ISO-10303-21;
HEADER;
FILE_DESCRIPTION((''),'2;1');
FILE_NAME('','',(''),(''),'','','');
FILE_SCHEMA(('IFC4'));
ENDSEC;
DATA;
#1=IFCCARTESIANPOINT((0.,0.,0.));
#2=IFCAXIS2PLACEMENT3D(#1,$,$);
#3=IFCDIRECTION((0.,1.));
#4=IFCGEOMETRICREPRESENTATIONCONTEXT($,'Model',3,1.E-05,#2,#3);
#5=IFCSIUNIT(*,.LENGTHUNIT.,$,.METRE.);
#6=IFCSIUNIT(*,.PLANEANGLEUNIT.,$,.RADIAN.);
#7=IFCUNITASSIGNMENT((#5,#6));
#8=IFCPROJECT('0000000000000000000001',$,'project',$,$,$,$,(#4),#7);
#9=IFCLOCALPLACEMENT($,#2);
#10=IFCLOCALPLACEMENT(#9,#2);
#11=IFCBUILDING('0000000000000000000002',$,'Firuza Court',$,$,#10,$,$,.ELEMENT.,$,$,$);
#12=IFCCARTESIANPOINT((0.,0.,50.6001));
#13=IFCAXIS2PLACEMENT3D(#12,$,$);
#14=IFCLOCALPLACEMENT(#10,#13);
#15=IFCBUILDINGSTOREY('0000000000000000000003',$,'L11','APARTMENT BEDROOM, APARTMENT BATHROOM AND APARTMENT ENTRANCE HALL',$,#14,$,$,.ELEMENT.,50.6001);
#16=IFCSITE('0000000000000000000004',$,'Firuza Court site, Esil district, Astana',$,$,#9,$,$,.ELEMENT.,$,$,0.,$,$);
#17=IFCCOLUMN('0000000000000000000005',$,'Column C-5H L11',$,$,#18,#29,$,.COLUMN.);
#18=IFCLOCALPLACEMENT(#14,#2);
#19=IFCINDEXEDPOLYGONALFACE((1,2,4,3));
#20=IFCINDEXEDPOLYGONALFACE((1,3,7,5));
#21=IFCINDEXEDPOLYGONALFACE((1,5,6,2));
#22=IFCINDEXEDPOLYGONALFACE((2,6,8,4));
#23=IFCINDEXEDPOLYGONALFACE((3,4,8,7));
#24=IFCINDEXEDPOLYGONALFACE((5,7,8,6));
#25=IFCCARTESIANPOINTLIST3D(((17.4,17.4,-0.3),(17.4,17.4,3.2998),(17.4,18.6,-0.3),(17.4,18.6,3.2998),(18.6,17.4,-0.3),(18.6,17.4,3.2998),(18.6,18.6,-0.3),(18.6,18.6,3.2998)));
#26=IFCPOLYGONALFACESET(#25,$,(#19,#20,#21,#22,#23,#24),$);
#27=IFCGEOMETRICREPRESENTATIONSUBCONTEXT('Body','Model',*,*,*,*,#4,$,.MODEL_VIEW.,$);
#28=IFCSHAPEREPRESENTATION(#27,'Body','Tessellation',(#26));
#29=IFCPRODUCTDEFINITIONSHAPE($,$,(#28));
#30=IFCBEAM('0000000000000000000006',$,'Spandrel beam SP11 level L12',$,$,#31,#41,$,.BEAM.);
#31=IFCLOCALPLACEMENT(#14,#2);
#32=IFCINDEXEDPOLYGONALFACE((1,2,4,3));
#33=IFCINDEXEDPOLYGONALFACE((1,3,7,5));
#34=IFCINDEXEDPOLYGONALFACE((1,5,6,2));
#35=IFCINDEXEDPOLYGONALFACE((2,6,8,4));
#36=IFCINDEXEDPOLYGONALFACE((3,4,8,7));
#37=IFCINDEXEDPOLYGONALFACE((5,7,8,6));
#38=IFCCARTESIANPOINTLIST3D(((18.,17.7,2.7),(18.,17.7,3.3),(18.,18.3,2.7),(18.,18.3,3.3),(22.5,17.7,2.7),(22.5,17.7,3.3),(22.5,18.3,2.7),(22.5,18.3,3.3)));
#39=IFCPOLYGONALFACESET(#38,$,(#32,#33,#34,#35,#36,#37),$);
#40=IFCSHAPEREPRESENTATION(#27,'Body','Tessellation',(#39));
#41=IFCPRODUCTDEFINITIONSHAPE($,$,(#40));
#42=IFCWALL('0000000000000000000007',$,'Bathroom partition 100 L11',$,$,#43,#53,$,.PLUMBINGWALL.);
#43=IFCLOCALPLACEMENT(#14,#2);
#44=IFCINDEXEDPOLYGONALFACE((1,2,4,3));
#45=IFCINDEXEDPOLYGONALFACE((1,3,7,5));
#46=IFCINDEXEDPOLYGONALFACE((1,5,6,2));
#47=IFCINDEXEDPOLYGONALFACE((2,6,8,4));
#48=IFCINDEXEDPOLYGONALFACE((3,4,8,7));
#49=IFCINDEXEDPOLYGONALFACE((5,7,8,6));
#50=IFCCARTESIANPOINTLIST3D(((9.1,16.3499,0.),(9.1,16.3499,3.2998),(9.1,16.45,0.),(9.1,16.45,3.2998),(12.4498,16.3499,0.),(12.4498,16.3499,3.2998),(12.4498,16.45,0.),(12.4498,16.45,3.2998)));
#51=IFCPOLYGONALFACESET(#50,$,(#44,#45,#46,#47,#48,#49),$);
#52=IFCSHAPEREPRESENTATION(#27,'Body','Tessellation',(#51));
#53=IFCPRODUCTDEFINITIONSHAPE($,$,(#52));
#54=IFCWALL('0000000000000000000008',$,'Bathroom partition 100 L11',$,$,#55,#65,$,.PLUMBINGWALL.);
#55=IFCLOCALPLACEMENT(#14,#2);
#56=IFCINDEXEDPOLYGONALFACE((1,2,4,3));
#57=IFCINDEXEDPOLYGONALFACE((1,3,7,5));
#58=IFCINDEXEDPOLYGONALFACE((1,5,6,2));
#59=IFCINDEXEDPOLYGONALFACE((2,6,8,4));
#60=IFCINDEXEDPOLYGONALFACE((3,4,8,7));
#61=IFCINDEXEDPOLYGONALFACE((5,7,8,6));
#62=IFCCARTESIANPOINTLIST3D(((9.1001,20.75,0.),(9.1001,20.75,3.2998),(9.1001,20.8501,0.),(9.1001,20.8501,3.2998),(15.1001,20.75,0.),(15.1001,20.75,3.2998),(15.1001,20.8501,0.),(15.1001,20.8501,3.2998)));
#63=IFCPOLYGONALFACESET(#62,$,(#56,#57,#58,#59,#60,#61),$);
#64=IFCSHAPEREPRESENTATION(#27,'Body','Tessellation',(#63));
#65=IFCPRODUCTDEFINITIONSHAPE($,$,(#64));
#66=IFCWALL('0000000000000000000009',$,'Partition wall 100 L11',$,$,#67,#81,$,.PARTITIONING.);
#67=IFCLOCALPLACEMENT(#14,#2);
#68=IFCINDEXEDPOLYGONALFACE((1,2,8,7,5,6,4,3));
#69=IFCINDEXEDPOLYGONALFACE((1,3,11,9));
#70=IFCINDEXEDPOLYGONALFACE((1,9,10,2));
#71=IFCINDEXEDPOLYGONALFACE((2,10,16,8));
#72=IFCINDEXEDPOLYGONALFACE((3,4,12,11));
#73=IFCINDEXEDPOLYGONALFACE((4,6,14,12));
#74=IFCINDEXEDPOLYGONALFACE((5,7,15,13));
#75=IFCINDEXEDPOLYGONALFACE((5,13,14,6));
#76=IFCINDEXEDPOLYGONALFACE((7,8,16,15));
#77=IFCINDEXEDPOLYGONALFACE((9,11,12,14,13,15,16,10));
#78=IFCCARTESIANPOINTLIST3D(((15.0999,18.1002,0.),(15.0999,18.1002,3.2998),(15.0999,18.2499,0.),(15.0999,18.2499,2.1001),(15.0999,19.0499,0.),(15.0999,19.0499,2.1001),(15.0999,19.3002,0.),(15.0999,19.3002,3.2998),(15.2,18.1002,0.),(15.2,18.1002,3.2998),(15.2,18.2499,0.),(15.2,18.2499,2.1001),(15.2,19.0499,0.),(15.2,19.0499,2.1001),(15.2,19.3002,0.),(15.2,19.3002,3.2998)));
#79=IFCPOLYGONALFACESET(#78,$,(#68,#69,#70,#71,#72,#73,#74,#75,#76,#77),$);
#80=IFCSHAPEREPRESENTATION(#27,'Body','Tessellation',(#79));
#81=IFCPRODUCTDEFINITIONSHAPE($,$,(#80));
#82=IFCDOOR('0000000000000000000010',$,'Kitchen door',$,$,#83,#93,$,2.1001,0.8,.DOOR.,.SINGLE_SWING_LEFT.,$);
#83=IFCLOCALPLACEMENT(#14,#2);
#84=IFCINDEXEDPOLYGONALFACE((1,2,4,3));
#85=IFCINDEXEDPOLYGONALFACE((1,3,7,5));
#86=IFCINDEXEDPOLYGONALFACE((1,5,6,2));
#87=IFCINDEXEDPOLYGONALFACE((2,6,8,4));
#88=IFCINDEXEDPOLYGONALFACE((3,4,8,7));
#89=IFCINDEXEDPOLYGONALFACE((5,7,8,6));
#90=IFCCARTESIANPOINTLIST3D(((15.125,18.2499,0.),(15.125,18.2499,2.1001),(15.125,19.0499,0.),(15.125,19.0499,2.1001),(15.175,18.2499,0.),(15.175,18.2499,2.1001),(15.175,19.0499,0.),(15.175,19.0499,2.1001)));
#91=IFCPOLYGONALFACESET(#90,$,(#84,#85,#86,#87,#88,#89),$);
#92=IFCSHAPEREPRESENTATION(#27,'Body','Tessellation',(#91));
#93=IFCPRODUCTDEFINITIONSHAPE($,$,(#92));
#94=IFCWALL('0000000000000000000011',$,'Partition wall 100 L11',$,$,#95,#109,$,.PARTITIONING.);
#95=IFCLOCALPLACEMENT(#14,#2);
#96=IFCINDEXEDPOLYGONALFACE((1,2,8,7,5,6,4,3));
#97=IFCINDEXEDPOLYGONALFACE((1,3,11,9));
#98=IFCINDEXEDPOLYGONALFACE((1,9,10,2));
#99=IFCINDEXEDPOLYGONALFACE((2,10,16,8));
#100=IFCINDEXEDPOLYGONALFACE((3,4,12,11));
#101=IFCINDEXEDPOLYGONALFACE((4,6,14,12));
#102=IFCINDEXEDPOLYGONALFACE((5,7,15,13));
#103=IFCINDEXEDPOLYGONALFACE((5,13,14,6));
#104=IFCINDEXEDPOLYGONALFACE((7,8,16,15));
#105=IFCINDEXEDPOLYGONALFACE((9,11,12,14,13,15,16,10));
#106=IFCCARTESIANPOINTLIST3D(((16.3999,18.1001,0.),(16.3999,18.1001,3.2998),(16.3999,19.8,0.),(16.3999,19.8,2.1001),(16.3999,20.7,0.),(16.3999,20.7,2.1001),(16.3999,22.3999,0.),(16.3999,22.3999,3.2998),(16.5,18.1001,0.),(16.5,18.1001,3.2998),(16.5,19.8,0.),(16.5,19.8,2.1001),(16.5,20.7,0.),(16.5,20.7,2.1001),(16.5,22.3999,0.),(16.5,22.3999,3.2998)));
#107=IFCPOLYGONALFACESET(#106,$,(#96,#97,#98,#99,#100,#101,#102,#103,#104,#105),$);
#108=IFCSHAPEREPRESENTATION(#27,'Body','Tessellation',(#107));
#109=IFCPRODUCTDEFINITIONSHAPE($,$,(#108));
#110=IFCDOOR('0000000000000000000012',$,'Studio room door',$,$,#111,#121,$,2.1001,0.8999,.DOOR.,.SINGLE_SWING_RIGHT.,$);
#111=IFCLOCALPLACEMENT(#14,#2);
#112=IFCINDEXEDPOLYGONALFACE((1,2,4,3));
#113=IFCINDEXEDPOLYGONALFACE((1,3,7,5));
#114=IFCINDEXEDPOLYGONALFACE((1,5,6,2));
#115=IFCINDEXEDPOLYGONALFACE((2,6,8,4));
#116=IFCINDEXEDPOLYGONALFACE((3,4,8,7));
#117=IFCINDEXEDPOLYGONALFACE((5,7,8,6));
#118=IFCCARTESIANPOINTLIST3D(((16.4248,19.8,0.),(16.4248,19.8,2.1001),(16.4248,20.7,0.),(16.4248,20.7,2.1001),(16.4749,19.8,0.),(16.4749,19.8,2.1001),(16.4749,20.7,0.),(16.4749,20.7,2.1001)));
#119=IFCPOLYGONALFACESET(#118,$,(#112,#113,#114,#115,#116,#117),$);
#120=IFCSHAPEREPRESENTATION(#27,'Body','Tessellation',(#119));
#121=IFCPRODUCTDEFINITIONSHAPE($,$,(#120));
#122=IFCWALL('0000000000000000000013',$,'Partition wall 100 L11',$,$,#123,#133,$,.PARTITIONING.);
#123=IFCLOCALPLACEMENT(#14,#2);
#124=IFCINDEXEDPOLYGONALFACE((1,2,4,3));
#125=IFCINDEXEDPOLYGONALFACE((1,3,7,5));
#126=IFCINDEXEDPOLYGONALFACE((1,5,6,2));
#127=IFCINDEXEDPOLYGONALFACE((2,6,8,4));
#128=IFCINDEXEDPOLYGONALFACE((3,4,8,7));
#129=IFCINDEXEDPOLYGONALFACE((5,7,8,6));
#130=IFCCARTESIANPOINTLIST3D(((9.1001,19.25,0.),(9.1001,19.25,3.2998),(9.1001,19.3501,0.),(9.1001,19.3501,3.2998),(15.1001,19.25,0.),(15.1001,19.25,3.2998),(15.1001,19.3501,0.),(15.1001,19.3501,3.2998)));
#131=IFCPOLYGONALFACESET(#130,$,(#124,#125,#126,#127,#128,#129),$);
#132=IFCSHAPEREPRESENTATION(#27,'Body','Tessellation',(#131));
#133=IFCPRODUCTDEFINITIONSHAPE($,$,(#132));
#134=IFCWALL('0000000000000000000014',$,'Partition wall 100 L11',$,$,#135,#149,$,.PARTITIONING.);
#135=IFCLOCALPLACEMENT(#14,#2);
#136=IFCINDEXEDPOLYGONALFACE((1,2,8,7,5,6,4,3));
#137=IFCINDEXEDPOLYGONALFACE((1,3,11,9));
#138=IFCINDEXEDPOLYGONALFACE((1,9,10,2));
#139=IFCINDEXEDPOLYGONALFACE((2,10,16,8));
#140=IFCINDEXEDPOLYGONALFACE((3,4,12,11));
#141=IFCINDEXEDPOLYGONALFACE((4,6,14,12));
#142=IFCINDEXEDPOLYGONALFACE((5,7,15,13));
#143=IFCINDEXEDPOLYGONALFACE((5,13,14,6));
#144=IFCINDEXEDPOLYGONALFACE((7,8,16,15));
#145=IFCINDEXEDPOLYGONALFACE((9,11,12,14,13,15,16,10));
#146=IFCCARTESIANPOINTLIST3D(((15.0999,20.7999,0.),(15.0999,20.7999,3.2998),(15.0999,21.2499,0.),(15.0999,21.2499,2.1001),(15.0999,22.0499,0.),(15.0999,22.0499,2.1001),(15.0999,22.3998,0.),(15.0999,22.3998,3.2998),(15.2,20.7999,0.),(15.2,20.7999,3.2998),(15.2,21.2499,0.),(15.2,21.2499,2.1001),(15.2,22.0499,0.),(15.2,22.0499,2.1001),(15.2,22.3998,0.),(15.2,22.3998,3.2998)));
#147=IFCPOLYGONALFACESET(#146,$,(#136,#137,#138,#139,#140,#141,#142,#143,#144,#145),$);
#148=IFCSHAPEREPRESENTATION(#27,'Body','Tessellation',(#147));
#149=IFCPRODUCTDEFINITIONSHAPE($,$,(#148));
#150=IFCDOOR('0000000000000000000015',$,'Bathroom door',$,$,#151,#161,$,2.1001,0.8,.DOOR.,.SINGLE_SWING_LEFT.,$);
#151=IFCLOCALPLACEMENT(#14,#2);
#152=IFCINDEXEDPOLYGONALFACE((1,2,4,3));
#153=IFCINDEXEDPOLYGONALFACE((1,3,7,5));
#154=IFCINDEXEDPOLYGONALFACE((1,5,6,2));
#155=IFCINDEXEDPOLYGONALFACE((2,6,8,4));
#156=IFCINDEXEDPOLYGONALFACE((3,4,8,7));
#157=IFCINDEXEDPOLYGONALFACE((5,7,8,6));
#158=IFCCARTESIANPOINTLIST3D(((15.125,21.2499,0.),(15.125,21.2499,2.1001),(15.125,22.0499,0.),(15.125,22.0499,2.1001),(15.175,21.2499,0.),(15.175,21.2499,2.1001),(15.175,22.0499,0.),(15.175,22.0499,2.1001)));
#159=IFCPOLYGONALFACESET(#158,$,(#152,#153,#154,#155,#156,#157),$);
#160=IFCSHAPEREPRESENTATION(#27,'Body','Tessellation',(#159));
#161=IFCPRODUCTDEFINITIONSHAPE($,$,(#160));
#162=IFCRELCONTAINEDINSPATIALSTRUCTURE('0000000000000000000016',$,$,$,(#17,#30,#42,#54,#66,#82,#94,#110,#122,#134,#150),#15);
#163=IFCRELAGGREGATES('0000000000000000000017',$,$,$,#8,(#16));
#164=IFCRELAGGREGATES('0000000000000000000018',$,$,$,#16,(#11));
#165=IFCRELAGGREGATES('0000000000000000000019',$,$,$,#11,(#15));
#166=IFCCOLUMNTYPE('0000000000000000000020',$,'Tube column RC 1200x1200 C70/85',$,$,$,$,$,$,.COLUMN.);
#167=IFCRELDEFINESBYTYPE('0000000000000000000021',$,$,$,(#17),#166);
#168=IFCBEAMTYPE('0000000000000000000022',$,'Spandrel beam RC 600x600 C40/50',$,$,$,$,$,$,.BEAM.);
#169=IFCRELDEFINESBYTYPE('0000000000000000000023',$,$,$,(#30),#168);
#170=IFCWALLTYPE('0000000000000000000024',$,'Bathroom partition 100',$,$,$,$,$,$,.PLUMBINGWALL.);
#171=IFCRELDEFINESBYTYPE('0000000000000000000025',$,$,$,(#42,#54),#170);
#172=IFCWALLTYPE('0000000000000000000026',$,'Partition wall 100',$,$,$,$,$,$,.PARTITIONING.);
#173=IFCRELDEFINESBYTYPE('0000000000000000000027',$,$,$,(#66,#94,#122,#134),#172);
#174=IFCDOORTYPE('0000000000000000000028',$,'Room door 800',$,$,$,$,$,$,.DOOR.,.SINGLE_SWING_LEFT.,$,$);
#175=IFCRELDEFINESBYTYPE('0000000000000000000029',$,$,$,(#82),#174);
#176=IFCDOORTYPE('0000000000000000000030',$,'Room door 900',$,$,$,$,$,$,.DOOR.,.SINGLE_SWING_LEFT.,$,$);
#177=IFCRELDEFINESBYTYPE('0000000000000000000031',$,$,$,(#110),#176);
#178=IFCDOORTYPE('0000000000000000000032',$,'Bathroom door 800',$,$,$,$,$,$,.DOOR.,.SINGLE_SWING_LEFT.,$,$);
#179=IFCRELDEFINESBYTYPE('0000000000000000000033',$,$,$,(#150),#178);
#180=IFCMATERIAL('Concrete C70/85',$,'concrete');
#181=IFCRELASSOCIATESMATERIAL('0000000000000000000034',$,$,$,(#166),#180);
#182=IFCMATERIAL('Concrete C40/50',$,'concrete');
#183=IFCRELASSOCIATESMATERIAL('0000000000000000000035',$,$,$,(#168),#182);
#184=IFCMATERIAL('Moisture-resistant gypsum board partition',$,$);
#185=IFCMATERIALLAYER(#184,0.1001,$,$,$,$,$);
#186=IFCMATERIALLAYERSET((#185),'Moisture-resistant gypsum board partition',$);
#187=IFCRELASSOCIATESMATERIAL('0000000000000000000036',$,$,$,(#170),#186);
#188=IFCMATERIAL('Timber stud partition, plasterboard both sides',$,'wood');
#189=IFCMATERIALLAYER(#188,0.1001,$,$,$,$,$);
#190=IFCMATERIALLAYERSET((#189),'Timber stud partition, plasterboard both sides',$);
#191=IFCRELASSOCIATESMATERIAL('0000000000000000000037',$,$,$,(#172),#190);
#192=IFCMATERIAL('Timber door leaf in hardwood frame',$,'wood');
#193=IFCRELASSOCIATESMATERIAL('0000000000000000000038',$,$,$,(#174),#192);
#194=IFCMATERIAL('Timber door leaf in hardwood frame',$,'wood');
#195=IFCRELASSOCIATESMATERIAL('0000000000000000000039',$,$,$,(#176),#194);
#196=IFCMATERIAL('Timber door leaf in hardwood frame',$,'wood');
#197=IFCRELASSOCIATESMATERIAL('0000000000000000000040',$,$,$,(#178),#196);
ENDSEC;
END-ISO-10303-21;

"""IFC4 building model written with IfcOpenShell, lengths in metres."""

from ifc_helpers import new_model, si_unit, direction, frame, frame_2d, origin, origin_2d, place, context, subcontext, project, spatial, rectangle, extrude, material, layer, layer_set, material_profile, profile_set, type_object, element, fill, save


model = new_model("IFC4")

# Units and contexts
model_context = context("Model", 3, precision=1e-05, world=origin(), true_north=direction((0.0, 1.0)))
body_context = subcontext(model_context, "Body", "Model", "MODEL_VIEW")
ifc_project = project(units=[si_unit("LENGTHUNIT", "METRE"), si_unit("PLANEANGLEUNIT", "RADIAN")], contexts=[model_context])

# Site, building, storey
site_placement = place(None, origin())
site = spatial("IfcSite", under=ifc_project, at=site_placement, Name="Firuza Court site, Esil district, Astana", CompositionType="ELEMENT", RefElevation=0.0)
building_placement = place(site_placement, origin())
building = spatial("IfcBuilding", under=site, at=building_placement, Name="Firuza Court", CompositionType="ELEMENT")
storey_placement = place(building_placement, frame((0.0, 0.0, 50.6001)))
storey = spatial("IfcBuildingStorey", under=building, at=storey_placement, Name="L11", Description="APARTMENT BEDROOM, APARTMENT BATHROOM AND APARTMENT ENTRANCE HALL", CompositionType="ELEMENT", Elevation=50.6001)

# Column
ifc_material_1 = material(Name="Concrete C70/85", Category="concrete")
ifc_material_profile_1 = material_profile(ifc_material_1, rectangle(XDim=1.2, YDim=1.2, at=origin_2d()), Name="RC 1200x1200")
ifc_profile_set_1 = profile_set([ifc_material_profile_1], Name="Concrete C70/85")
column_type = type_object("IfcColumnType", Name="Tube column RC 1200x1200 C70/85", PredefinedType="COLUMN", material=ifc_profile_set_1)
column_placement = place(storey_placement, frame((18.0, 18.0, -0.3), z_axis=(0.0, 0.0, 1.0), x_axis=(1.0, 0.0, 0.0)))
element("IfcColumn", 1, at=column_placement, inside=storey, type_object=column_type, Name="Column C-5H L11", PredefinedType="COLUMN", context=body_context, shape_type="SweptSolid", body=[
    extrude(rectangle(XDim=1.2, YDim=1.2, at=origin_2d()), origin(), (0.0, 0.0, 1.0), 3.5999),
])

# Beam
ifc_material_2 = material(Name="Concrete C40/50", Category="concrete")
ifc_material_profile_2 = material_profile(ifc_material_2, rectangle(XDim=0.6001, YDim=0.6001, at=origin_2d()), Name="RC 600x600")
ifc_profile_set_2 = profile_set([ifc_material_profile_2], Name="Concrete C40/50")
beam_type = type_object("IfcBeamType", Name="Spandrel beam RC 600x600 C40/50", PredefinedType="BEAM", material=ifc_profile_set_2)
beam_placement = place(storey_placement, frame((18.0, 18.0, 3.0), z_axis=(1.0, 0.0, 0.0), x_axis=(0.0, 1.0, 0.0)))
element("IfcBeam", 2, at=beam_placement, inside=storey, type_object=beam_type, Name="Spandrel beam SP11 level L12", PredefinedType="BEAM", context=body_context, shape_type="SweptSolid", body=[
    extrude(rectangle(XDim=0.6001, YDim=0.6001, at=origin_2d()), origin(), (0.0, 0.0, 1.0), 4.5),
])

# Walls
ifc_material_3 = material(Name="Moisture-resistant gypsum board partition")
ifc_layer_1 = layer(ifc_material_3, 0.1001)
ifc_layer_set_1 = layer_set([ifc_layer_1], Name="Moisture-resistant gypsum board partition")
wall_type_1 = type_object("IfcWallType", Name="Bathroom partition 100", PredefinedType="PLUMBINGWALL", material=ifc_layer_set_1)
wall_1_placement = place(storey_placement, frame((9.1001, 16.3999, 0.0), z_axis=(0.0, 0.0, 1.0), x_axis=(1.0, 0.0, 0.0)))
element("IfcWall", 3, at=wall_1_placement, inside=storey, type_object=wall_type_1, Name="Bathroom partition 100 L11", PredefinedType="PLUMBINGWALL", context=body_context, shape_type="SweptSolid", body=[
    extrude(rectangle(XDim=3.3499, YDim=0.1001, at=frame_2d((1.6748, 0.0))), origin(), (0.0, 0.0, 1.0), 3.2998),
])
wall_2_placement = place(storey_placement, frame((9.1001, 20.8, 0.0), z_axis=(0.0, 0.0, 1.0), x_axis=(1.0, 0.0, 0.0)))
element("IfcWall", 4, at=wall_2_placement, inside=storey, type_object=wall_type_1, Name="Bathroom partition 100 L11", PredefinedType="PLUMBINGWALL", context=body_context, shape_type="SweptSolid", body=[
    extrude(rectangle(XDim=6.0, YDim=0.1001, at=frame_2d((3.0, 0.0))), origin(), (0.0, 0.0, 1.0), 3.2998),
])

# Walls, openings, doors
ifc_material_4 = material(Name="Timber stud partition, plasterboard both sides", Category="wood")
ifc_layer_2 = layer(ifc_material_4, 0.1001)
ifc_layer_set_2 = layer_set([ifc_layer_2], Name="Timber stud partition, plasterboard both sides")
wall_type_2 = type_object("IfcWallType", Name="Partition wall 100", PredefinedType="PARTITIONING", material=ifc_layer_set_2)
wall_3_placement = place(storey_placement, frame((15.1499, 18.1001, 0.0), z_axis=(0.0, 0.0, 1.0), x_axis=(0.0, 1.0, 0.0)))
wall_3 = element("IfcWall", 5, at=wall_3_placement, inside=storey, type_object=wall_type_2, Name="Partition wall 100 L11", PredefinedType="PARTITIONING", context=body_context, shape_type="SweptSolid", body=[
    extrude(rectangle(XDim=1.2, YDim=0.1001, at=frame_2d((0.6001, 0.0))), origin(), (0.0, 0.0, 1.0), 3.2998),
])
opening_1_placement = place(wall_3_placement, frame((0.1499, 0.0, 0.0)))
opening_1 = element("IfcOpeningElement", 6, at=opening_1_placement, cuts=wall_3, PredefinedType="OPENING", context=body_context, shape_type="SweptSolid", body=[
    extrude(rectangle(XDim=0.8, YDim=2.1001, at=frame_2d((0.3999, 1.05))), frame((0.0, 0.062, 0.0), z_axis=(0.0, -1.0, 0.0), x_axis=(1.0, 0.0, 0.0)), (0.0, 0.0, 1.0), 0.124),
])
ifc_material_5 = material(Name="Timber door leaf in hardwood frame", Category="wood")
door_type_1 = type_object("IfcDoorType", Name="Room door 800", OperationType="SINGLE_SWING_LEFT", PredefinedType="DOOR", material=ifc_material_5)
door_1_placement = place(opening_1_placement, origin())
door_1 = element("IfcDoor", 7, at=door_1_placement, inside=storey, type_object=door_type_1, Name="Kitchen door", OperationType="SINGLE_SWING_LEFT", OverallHeight=2.1001, OverallWidth=0.8, PredefinedType="DOOR", context=body_context, shape_type="SweptSolid", body=[
    extrude(rectangle(XDim=0.8, YDim=2.1001, at=frame_2d((0.3999, 1.05))), frame((0.0, 0.0249, 0.0), z_axis=(0.0, -1.0, 0.0), x_axis=(1.0, 0.0, 0.0)), (0.0, 0.0, 1.0), 0.05),
])
fill(opening_1, door_1)
wall_4_placement = place(storey_placement, frame((16.45, 18.1001, 0.0), z_axis=(0.0, 0.0, 1.0), x_axis=(0.0, 1.0, 0.0)))
wall_4 = element("IfcWall", 8, at=wall_4_placement, inside=storey, type_object=wall_type_2, Name="Partition wall 100 L11", PredefinedType="PARTITIONING", context=body_context, shape_type="SweptSolid", body=[
    extrude(rectangle(XDim=4.2998, YDim=0.1001, at=frame_2d((2.1499, 0.0))), origin(), (0.0, 0.0, 1.0), 3.2998),
])
opening_2_placement = place(wall_4_placement, frame((1.7, 0.0, 0.0)))
opening_2 = element("IfcOpeningElement", 9, at=opening_2_placement, cuts=wall_4, PredefinedType="OPENING", context=body_context, shape_type="SweptSolid", body=[
    extrude(rectangle(XDim=0.8999, YDim=2.1001, at=frame_2d((0.45, 1.05))), frame((0.0, 0.062, 0.0), z_axis=(0.0, -1.0, 0.0), x_axis=(1.0, 0.0, 0.0)), (0.0, 0.0, 1.0), 0.124),
])
ifc_material_6 = material(Name="Timber door leaf in hardwood frame", Category="wood")
door_type_2 = type_object("IfcDoorType", Name="Room door 900", OperationType="SINGLE_SWING_LEFT", PredefinedType="DOOR", material=ifc_material_6)
door_2_placement = place(opening_2_placement, frame((0.8999, 0.0, 0.0), z_axis=(0.0, 0.0, 1.0), x_axis=(-1.0, 0.0, 0.0)))
door_2 = element("IfcDoor", 10, at=door_2_placement, inside=storey, type_object=door_type_2, Name="Studio room door", OperationType="SINGLE_SWING_RIGHT", OverallHeight=2.1001, OverallWidth=0.8999, PredefinedType="DOOR", context=body_context, shape_type="SweptSolid", body=[
    extrude(rectangle(XDim=0.8999, YDim=2.1001, at=frame_2d((0.45, 1.05))), frame((0.0, 0.0249, 0.0), z_axis=(0.0, -1.0, 0.0), x_axis=(1.0, 0.0, 0.0)), (0.0, 0.0, 1.0), 0.05),
])
fill(opening_2, door_2)

# Wall
wall_5_placement = place(storey_placement, frame((9.1001, 19.3, 0.0), z_axis=(0.0, 0.0, 1.0), x_axis=(1.0, 0.0, 0.0)))
element("IfcWall", 11, at=wall_5_placement, inside=storey, type_object=wall_type_2, Name="Partition wall 100 L11", PredefinedType="PARTITIONING", context=body_context, shape_type="SweptSolid", body=[
    extrude(rectangle(XDim=6.0, YDim=0.1001, at=frame_2d((3.0, 0.0))), origin(), (0.0, 0.0, 1.0), 3.2998),
])

# Wall, opening, door
wall_6_placement = place(storey_placement, frame((15.1499, 20.8, 0.0), z_axis=(0.0, 0.0, 1.0), x_axis=(0.0, 1.0, 0.0)))
wall_6 = element("IfcWall", 12, at=wall_6_placement, inside=storey, type_object=wall_type_2, Name="Partition wall 100 L11", PredefinedType="PARTITIONING", context=body_context, shape_type="SweptSolid", body=[
    extrude(rectangle(XDim=1.5999, YDim=0.1001, at=frame_2d((0.7998, 0.0))), origin(), (0.0, 0.0, 1.0), 3.2998),
])
opening_3_placement = place(wall_6_placement, frame((0.45, 0.0, 0.0)))
opening_3 = element("IfcOpeningElement", 13, at=opening_3_placement, cuts=wall_6, PredefinedType="OPENING", context=body_context, shape_type="SweptSolid", body=[
    extrude(rectangle(XDim=0.8, YDim=2.1001, at=frame_2d((0.3999, 1.05))), frame((0.0, 0.062, 0.0), z_axis=(0.0, -1.0, 0.0), x_axis=(1.0, 0.0, 0.0)), (0.0, 0.0, 1.0), 0.124),
])
ifc_material_7 = material(Name="Timber door leaf in hardwood frame", Category="wood")
door_type_3 = type_object("IfcDoorType", Name="Bathroom door 800", OperationType="SINGLE_SWING_LEFT", PredefinedType="DOOR", material=ifc_material_7)
door_3_placement = place(opening_3_placement, origin())
door_3 = element("IfcDoor", 14, at=door_3_placement, inside=storey, type_object=door_type_3, Name="Bathroom door", OperationType="SINGLE_SWING_LEFT", OverallHeight=2.1001, OverallWidth=0.8, PredefinedType="DOOR", context=body_context, shape_type="SweptSolid", body=[
    extrude(rectangle(XDim=0.8, YDim=2.1001, at=frame_2d((0.3999, 1.05))), frame((0.0, 0.0249, 0.0), z_axis=(0.0, -1.0, 0.0), x_axis=(1.0, 0.0, 0.0)), (0.0, 0.0, 1.0), 0.05),
])
fill(opening_3, door_3)

save(model, "model.ifc")
